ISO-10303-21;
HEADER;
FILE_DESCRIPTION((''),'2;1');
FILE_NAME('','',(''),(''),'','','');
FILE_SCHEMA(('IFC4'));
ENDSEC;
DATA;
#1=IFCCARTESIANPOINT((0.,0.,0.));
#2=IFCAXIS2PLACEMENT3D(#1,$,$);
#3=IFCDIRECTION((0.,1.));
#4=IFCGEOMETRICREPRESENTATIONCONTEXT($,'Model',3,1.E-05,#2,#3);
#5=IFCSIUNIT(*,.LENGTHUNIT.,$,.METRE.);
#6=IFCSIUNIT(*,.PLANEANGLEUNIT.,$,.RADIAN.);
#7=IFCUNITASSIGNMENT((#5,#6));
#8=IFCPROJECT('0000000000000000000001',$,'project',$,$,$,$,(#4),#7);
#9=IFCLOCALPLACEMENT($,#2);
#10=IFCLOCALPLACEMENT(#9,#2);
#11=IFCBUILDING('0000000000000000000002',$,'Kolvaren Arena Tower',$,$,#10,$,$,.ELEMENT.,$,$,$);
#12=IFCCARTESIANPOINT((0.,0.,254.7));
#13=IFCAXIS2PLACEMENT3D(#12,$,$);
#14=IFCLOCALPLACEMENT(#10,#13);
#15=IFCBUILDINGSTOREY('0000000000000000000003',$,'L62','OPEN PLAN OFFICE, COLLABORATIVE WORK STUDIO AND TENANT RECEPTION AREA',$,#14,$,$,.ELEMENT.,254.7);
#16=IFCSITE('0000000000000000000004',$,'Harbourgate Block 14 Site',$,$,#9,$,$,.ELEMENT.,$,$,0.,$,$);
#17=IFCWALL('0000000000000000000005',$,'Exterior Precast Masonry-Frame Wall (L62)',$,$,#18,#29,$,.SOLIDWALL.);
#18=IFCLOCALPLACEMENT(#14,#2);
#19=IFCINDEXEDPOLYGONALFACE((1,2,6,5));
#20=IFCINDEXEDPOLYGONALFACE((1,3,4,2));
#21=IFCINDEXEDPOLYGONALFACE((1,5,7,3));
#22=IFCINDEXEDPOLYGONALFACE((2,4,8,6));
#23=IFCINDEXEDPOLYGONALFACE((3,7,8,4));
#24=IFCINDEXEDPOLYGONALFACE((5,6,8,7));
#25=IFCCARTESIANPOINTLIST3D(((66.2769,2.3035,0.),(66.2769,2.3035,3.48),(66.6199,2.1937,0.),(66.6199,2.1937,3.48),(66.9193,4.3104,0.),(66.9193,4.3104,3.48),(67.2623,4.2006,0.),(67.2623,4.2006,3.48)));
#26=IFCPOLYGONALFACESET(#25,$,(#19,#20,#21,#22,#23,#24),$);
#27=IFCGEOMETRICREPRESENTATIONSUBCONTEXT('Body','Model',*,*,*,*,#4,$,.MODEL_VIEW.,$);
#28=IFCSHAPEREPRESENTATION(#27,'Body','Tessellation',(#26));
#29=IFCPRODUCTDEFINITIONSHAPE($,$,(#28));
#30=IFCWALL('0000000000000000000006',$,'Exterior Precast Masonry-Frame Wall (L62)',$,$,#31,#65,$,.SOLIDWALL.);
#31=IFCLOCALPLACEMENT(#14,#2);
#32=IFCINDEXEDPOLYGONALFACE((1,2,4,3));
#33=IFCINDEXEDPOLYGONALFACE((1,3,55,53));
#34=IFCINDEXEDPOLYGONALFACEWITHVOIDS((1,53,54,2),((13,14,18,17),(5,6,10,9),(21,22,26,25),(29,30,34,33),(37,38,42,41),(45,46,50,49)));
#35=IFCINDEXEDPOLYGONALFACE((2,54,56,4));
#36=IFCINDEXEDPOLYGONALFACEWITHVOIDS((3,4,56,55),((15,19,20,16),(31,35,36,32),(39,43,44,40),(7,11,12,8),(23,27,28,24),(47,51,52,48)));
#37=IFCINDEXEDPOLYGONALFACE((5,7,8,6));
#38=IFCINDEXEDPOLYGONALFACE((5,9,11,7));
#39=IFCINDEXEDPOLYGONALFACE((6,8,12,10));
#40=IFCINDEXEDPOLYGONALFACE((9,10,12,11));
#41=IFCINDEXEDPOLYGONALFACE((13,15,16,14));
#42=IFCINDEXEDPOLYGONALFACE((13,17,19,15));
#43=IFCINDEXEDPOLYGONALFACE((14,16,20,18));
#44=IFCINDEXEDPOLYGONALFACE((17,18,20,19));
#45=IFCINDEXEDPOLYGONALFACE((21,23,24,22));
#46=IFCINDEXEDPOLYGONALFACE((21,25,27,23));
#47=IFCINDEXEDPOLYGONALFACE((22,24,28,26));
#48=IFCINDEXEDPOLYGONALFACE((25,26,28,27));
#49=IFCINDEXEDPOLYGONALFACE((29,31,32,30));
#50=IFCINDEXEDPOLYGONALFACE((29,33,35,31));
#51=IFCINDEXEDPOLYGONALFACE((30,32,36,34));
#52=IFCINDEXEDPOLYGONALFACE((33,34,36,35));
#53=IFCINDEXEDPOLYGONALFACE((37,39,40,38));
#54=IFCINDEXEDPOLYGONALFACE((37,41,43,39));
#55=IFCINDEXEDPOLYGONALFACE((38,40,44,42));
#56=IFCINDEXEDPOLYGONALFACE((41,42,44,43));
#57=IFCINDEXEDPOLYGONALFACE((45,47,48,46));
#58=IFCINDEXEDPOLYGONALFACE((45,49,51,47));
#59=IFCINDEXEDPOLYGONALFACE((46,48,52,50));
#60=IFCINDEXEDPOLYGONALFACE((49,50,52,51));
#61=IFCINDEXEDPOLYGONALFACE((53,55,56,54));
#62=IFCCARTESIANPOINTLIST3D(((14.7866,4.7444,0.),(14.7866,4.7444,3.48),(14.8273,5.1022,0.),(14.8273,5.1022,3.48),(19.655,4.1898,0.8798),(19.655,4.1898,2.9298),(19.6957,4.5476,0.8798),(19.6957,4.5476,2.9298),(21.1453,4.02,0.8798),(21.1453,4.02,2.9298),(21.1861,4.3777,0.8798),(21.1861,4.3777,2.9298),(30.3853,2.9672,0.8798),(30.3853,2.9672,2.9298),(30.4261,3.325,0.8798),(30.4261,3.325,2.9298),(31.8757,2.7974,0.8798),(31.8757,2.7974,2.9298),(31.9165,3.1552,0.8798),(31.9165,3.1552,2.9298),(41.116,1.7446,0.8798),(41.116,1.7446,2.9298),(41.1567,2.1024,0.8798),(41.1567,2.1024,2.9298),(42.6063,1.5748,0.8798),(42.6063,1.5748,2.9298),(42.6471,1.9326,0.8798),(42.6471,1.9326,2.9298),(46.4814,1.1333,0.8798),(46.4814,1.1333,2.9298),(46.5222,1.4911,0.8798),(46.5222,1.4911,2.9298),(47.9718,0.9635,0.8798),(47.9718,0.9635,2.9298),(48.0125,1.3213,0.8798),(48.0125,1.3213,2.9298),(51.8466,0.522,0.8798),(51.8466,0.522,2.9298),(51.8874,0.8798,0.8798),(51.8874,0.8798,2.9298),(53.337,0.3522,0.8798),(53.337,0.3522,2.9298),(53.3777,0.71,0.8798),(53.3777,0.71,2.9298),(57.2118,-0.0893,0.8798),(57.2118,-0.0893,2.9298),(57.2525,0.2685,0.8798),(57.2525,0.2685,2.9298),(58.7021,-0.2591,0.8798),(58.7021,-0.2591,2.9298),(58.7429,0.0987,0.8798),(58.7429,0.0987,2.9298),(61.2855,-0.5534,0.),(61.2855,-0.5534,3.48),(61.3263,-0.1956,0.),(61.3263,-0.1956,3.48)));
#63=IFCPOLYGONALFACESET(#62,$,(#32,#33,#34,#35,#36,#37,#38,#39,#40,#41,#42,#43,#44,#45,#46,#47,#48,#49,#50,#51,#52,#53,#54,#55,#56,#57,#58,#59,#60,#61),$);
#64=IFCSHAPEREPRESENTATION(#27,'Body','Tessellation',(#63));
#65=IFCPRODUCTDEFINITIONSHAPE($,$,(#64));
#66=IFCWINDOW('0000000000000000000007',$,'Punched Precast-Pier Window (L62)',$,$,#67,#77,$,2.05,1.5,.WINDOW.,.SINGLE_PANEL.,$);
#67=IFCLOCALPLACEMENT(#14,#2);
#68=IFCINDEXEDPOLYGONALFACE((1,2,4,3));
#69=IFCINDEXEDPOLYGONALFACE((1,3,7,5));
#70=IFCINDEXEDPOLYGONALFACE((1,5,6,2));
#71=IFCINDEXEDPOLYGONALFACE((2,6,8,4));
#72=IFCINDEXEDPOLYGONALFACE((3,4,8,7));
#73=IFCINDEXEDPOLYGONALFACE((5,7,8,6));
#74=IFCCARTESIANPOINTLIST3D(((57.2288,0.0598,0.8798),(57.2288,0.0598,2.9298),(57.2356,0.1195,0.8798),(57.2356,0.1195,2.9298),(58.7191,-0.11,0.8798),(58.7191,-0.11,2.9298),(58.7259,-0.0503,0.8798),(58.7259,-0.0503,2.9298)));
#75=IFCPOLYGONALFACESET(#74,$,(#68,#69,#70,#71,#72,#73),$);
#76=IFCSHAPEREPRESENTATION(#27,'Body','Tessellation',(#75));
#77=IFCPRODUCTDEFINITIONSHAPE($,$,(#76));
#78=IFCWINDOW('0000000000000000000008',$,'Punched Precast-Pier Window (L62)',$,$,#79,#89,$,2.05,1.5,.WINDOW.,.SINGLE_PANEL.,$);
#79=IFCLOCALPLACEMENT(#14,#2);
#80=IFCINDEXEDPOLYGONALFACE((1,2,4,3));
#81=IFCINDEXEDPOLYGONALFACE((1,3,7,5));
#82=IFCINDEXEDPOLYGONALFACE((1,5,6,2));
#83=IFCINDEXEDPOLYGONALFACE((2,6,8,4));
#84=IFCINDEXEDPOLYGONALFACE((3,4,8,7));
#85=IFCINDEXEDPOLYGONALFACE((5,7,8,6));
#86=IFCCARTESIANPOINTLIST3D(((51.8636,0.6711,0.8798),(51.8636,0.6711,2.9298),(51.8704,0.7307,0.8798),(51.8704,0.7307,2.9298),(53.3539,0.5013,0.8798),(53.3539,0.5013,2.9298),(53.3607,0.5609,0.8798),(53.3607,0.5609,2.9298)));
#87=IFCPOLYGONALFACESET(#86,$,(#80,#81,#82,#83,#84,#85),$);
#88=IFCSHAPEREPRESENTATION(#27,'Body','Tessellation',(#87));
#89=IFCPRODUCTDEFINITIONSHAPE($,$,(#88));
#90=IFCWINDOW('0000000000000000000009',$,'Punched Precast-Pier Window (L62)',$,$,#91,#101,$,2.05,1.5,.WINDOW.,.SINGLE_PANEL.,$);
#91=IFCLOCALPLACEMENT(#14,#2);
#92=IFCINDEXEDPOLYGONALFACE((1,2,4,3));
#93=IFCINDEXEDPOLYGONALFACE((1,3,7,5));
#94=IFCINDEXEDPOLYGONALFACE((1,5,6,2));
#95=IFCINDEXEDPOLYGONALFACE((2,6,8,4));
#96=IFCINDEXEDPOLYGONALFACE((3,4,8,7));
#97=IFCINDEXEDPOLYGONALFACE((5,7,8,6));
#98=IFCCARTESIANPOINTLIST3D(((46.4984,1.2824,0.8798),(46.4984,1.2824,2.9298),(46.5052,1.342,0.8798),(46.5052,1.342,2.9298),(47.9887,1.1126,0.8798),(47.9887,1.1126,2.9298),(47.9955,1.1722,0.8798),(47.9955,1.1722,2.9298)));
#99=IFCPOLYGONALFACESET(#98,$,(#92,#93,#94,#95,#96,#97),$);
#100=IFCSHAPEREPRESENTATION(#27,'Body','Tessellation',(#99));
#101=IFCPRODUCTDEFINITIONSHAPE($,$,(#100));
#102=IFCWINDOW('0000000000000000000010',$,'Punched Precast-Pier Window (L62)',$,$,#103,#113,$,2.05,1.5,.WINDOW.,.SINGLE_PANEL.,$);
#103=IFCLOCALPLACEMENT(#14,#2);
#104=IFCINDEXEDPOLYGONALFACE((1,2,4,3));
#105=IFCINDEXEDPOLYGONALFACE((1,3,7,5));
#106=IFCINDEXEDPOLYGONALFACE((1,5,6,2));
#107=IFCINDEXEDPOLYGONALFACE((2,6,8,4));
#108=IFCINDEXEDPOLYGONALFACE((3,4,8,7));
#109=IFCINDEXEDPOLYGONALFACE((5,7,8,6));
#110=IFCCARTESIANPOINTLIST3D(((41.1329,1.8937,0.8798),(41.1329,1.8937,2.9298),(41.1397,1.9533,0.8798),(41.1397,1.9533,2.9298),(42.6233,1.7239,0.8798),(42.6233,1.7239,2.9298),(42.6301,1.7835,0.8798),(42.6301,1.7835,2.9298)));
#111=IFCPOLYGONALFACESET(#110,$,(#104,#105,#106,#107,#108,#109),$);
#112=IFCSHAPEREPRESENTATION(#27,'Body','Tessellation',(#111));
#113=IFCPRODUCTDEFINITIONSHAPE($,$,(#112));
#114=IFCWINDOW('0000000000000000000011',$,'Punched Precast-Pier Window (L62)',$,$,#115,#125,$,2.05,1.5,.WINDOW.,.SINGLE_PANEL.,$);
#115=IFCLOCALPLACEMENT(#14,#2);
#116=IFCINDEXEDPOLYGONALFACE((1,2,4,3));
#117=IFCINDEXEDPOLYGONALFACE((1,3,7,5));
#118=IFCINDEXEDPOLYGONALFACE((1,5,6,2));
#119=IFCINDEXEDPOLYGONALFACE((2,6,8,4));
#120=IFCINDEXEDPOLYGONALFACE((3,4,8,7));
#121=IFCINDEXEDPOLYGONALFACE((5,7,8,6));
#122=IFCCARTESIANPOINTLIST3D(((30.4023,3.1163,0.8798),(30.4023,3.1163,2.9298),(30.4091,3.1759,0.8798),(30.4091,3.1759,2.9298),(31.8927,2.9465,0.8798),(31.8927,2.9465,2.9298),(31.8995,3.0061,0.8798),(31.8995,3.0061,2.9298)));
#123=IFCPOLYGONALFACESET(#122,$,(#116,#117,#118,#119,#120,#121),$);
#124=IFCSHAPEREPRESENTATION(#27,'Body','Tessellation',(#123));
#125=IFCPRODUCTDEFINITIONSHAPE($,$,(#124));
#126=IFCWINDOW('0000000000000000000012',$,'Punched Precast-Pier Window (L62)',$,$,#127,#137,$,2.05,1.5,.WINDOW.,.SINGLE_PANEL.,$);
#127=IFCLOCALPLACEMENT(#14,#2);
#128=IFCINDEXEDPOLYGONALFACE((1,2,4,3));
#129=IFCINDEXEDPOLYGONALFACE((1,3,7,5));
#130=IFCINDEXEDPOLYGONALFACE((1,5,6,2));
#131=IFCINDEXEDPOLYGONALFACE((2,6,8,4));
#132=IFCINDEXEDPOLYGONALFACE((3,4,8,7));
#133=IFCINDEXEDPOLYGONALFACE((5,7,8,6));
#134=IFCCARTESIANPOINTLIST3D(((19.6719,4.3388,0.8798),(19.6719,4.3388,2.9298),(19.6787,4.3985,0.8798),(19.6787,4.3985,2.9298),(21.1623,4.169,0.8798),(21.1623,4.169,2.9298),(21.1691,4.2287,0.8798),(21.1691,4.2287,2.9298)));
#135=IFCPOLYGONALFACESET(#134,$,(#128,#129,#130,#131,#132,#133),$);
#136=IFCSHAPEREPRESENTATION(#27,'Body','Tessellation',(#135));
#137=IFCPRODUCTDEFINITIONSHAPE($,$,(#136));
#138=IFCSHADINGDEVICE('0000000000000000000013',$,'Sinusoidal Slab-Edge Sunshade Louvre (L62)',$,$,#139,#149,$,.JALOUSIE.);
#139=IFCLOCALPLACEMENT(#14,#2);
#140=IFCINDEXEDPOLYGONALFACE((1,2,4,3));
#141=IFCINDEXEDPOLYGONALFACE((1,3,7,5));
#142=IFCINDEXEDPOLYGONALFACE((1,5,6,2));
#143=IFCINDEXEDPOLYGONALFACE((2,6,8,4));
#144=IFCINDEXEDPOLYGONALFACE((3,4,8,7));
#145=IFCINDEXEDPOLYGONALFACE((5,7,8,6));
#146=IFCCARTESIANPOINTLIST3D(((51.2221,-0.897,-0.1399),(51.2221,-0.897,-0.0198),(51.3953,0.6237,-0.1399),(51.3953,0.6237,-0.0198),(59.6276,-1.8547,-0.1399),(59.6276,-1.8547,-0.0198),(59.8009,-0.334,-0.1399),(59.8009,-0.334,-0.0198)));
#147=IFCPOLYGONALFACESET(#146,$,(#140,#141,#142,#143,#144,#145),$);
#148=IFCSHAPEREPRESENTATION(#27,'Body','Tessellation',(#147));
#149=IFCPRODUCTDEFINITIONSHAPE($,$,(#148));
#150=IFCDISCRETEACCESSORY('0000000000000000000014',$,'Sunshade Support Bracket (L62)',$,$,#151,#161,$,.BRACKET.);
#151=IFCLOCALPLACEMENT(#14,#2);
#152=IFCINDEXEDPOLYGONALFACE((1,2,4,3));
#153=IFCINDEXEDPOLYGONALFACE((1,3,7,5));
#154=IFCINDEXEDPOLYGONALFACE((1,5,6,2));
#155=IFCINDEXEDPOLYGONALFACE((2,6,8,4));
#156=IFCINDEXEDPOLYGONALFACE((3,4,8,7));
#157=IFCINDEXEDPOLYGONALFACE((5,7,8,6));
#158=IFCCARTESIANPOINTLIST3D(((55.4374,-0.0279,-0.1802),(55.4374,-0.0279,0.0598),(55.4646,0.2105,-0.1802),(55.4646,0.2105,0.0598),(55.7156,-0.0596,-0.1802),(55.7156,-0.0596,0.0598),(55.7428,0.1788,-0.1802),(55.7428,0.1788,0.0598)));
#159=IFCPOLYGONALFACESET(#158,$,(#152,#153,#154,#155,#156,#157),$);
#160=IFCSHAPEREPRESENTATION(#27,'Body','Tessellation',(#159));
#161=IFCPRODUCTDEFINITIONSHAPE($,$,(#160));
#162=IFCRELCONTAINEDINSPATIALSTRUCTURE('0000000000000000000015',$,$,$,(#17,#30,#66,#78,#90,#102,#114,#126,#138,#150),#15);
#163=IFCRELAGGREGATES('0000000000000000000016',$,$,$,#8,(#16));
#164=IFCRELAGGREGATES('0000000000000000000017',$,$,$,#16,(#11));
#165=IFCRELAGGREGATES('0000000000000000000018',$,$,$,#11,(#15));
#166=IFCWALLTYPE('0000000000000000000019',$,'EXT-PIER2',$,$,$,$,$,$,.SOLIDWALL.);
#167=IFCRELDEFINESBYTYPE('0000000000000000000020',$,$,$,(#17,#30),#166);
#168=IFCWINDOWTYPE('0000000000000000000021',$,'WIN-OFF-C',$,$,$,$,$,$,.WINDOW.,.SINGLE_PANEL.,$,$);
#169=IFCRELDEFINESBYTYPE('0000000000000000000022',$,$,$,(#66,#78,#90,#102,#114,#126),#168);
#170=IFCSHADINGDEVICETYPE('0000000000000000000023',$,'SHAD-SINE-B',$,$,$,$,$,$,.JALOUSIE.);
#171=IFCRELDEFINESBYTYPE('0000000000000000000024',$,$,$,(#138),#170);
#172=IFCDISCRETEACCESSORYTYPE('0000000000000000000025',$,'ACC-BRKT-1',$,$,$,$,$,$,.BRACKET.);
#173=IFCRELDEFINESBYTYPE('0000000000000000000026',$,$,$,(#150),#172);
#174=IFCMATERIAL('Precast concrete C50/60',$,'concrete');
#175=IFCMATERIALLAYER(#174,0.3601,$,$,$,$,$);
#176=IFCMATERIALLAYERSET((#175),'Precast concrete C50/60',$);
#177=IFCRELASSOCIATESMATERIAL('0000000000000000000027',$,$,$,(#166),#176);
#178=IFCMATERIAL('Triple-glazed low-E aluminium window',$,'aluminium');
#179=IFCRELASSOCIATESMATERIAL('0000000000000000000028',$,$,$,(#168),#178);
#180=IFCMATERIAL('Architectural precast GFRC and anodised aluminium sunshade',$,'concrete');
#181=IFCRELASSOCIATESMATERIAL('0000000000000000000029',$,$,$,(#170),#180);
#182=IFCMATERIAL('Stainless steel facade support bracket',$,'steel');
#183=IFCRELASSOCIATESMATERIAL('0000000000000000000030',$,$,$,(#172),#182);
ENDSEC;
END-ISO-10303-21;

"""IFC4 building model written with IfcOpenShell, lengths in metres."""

from ifc_helpers import new_model, si_unit, direction, frame, frame_2d, origin, origin_2d, place, context, subcontext, project, spatial, rectangle, extrude, material, layer, layer_set, type_object, element, fill, save


model = new_model("IFC4")

# Units and contexts
model_context = context("Model", 3, precision=1e-05, world=origin(), true_north=direction((0.0, 1.0)))
body_context = subcontext(model_context, "Body", "Model", "MODEL_VIEW")
ifc_project = project(units=[si_unit("LENGTHUNIT", "METRE"), si_unit("PLANEANGLEUNIT", "RADIAN")], contexts=[model_context])

# Site, building, storey
site_placement = place(None, origin())
site = spatial("IfcSite", under=ifc_project, at=site_placement, Name="Harbourgate Block 14 Site", CompositionType="ELEMENT", RefElevation=0.0)
building_placement = place(site_placement, origin())
building = spatial("IfcBuilding", under=site, at=building_placement, Name="Kolvaren Arena Tower", CompositionType="ELEMENT")
storey_placement = place(building_placement, frame((0.0, 0.0, 254.7)))
storey = spatial("IfcBuildingStorey", under=building, at=storey_placement, Name="L62", Description="OPEN PLAN OFFICE, COLLABORATIVE WORK STUDIO AND TENANT RECEPTION AREA", CompositionType="ELEMENT", Elevation=254.7)

# Wall
ifc_material_1 = material(Name="Precast concrete C50/60", Category="concrete")
ifc_layer_1 = layer(ifc_material_1, 0.3601)
ifc_layer_set_1 = layer_set([ifc_layer_1], Name="Precast concrete C50/60")
wall_type_1 = type_object("IfcWallType", Name="EXT-PIER2", PredefinedType="SOLIDWALL", material=ifc_layer_set_1)
wall_1_placement = place(storey_placement, frame((67.0908, 4.2556, 0.0), z_axis=(0.0, 0.0, 1.0), x_axis=(-0.304839, -0.952404, 0.0)))
element("IfcWall", 1, at=wall_1_placement, inside=storey, type_object=wall_type_1, Name="Exterior Precast Masonry-Frame Wall (L62)", PredefinedType="SOLIDWALL", context=body_context, shape_type="SweptSolid", body=[
    extrude(rectangle(XDim=2.1072, YDim=0.3601, at=frame_2d((1.0537, 0.0))), origin(), (0.0, 0.0, 1.0), 3.48),
])

# Wall, openings, windows
wall_2_placement = place(storey_placement, frame((61.3059, -0.3745, 0.0), z_axis=(0.0, 0.0, 1.0), x_axis=(-0.993572, 0.113202, 0.0)))
wall_2 = element("IfcWall", 2, at=wall_2_placement, inside=storey, type_object=wall_type_1, Name="Exterior Precast Masonry-Frame Wall (L62)", PredefinedType="SOLIDWALL", context=body_context, shape_type="SweptSolid", body=[
    extrude(rectangle(XDim=46.7998, YDim=0.3601, at=frame_2d((23.3999, 0.0))), origin(), (0.0, 0.0, 1.0), 3.48),
])
opening_1_placement = place(wall_2_placement, frame((2.6001, 0.0, 0.8799)))
opening_1 = element("IfcOpeningElement", 3, at=opening_1_placement, cuts=wall_2, PredefinedType="OPENING", context=body_context, shape_type="SweptSolid", body=[
    extrude(rectangle(XDim=1.5, YDim=2.05, at=frame_2d((0.75, 1.0249))), frame((0.0, 0.1899, 0.0), z_axis=(0.0, -1.0, 0.0), x_axis=(1.0, 0.0, 0.0)), (0.0, 0.0, 1.0), 0.3801),
])
opening_2_placement = place(wall_2_placement, frame((8.0, 0.0, 0.8799)))
opening_2 = element("IfcOpeningElement", 4, at=opening_2_placement, cuts=wall_2, PredefinedType="OPENING", context=body_context, shape_type="SweptSolid", body=[
    extrude(rectangle(XDim=1.5, YDim=2.05, at=frame_2d((0.75, 1.0249))), frame((0.0, 0.1899, 0.0), z_axis=(0.0, -1.0, 0.0), x_axis=(1.0, 0.0, 0.0)), (0.0, 0.0, 1.0), 0.3801),
])
opening_3_placement = place(wall_2_placement, frame((13.3999, 0.0, 0.8799)))
opening_3 = element("IfcOpeningElement", 5, at=opening_3_placement, cuts=wall_2, PredefinedType="OPENING", context=body_context, shape_type="SweptSolid", body=[
    extrude(rectangle(XDim=1.5, YDim=2.05, at=frame_2d((0.75, 1.0249))), frame((0.0, 0.1899, 0.0), z_axis=(0.0, -1.0, 0.0), x_axis=(1.0, 0.0, 0.0)), (0.0, 0.0, 1.0), 0.3801),
])
opening_4_placement = place(wall_2_placement, frame((18.8, 0.0, 0.8799)))
opening_4 = element("IfcOpeningElement", 6, at=opening_4_placement, cuts=wall_2, PredefinedType="OPENING", context=body_context, shape_type="SweptSolid", body=[
    extrude(rectangle(XDim=1.5, YDim=2.05, at=frame_2d((0.75, 1.0249))), frame((0.0, 0.1899, 0.0), z_axis=(0.0, -1.0, 0.0), x_axis=(1.0, 0.0, 0.0)), (0.0, 0.0, 1.0), 0.3801),
])
opening_5_placement = place(wall_2_placement, frame((29.6001, 0.0, 0.8799)))
opening_5 = element("IfcOpeningElement", 7, at=opening_5_placement, cuts=wall_2, PredefinedType="OPENING", context=body_context, shape_type="SweptSolid", body=[
    extrude(rectangle(XDim=1.5, YDim=2.05, at=frame_2d((0.75, 1.0249))), frame((0.0, 0.1899, 0.0), z_axis=(0.0, -1.0, 0.0), x_axis=(1.0, 0.0, 0.0)), (0.0, 0.0, 1.0), 0.3801),
])
opening_6_placement = place(wall_2_placement, frame((40.3999, 0.0, 0.8799)))
opening_6 = element("IfcOpeningElement", 8, at=opening_6_placement, cuts=wall_2, PredefinedType="OPENING", context=body_context, shape_type="SweptSolid", body=[
    extrude(rectangle(XDim=1.5, YDim=2.05, at=frame_2d((0.75, 1.0249))), frame((0.0, 0.1899, 0.0), z_axis=(0.0, -1.0, 0.0), x_axis=(1.0, 0.0, 0.0)), (0.0, 0.0, 1.0), 0.3801),
])
ifc_material_2 = material(Name="Triple-glazed low-E aluminium window", Category="aluminium")
window_type = type_object("IfcWindowType", Name="WIN-OFF-C", PartitioningType="SINGLE_PANEL", PredefinedType="WINDOW", material=ifc_material_2)
window_1_placement = place(opening_1_placement, origin())
window_1 = element("IfcWindow", 9, at=window_1_placement, inside=storey, type_object=window_type, Name="Punched Precast-Pier Window (L62)", OverallHeight=2.05, OverallWidth=1.5, PartitioningType="SINGLE_PANEL", PredefinedType="WINDOW", context=body_context, shape_type="SweptSolid", body=[
    extrude(rectangle(XDim=1.5, YDim=2.05, at=frame_2d((0.75, 1.0249))), frame((0.0, 0.03, 0.0), z_axis=(0.0, -1.0, 0.0), x_axis=(1.0, 0.0, 0.0)), (0.0, 0.0, 1.0), 0.0601),
])
fill(opening_1, window_1)
window_2_placement = place(opening_2_placement, origin())
window_2 = element("IfcWindow", 10, at=window_2_placement, inside=storey, type_object=window_type, Name="Punched Precast-Pier Window (L62)", OverallHeight=2.05, OverallWidth=1.5, PartitioningType="SINGLE_PANEL", PredefinedType="WINDOW", context=body_context, shape_type="SweptSolid", body=[
    extrude(rectangle(XDim=1.5, YDim=2.05, at=frame_2d((0.75, 1.0249))), frame((0.0, 0.03, 0.0), z_axis=(0.0, -1.0, 0.0), x_axis=(1.0, 0.0, 0.0)), (0.0, 0.0, 1.0), 0.0601),
])
fill(opening_2, window_2)
window_3_placement = place(opening_3_placement, origin())
window_3 = element("IfcWindow", 11, at=window_3_placement, inside=storey, type_object=window_type, Name="Punched Precast-Pier Window (L62)", OverallHeight=2.05, OverallWidth=1.5, PartitioningType="SINGLE_PANEL", PredefinedType="WINDOW", context=body_context, shape_type="SweptSolid", body=[
    extrude(rectangle(XDim=1.5, YDim=2.05, at=frame_2d((0.75, 1.0249))), frame((0.0, 0.03, 0.0), z_axis=(0.0, -1.0, 0.0), x_axis=(1.0, 0.0, 0.0)), (0.0, 0.0, 1.0), 0.0601),
])
fill(opening_3, window_3)
window_4_placement = place(opening_4_placement, origin())
window_4 = element("IfcWindow", 12, at=window_4_placement, inside=storey, type_object=window_type, Name="Punched Precast-Pier Window (L62)", OverallHeight=2.05, OverallWidth=1.5, PartitioningType="SINGLE_PANEL", PredefinedType="WINDOW", context=body_context, shape_type="SweptSolid", body=[
    extrude(rectangle(XDim=1.5, YDim=2.05, at=frame_2d((0.75, 1.0249))), frame((0.0, 0.03, 0.0), z_axis=(0.0, -1.0, 0.0), x_axis=(1.0, 0.0, 0.0)), (0.0, 0.0, 1.0), 0.0601),
])
fill(opening_4, window_4)
window_5_placement = place(opening_5_placement, origin())
window_5 = element("IfcWindow", 13, at=window_5_placement, inside=storey, type_object=window_type, Name="Punched Precast-Pier Window (L62)", OverallHeight=2.05, OverallWidth=1.5, PartitioningType="SINGLE_PANEL", PredefinedType="WINDOW", context=body_context, shape_type="SweptSolid", body=[
    extrude(rectangle(XDim=1.5, YDim=2.05, at=frame_2d((0.75, 1.0249))), frame((0.0, 0.03, 0.0), z_axis=(0.0, -1.0, 0.0), x_axis=(1.0, 0.0, 0.0)), (0.0, 0.0, 1.0), 0.0601),
])
fill(opening_5, window_5)
window_6_placement = place(opening_6_placement, origin())
window_6 = element("IfcWindow", 14, at=window_6_placement, inside=storey, type_object=window_type, Name="Punched Precast-Pier Window (L62)", OverallHeight=2.05, OverallWidth=1.5, PartitioningType="SINGLE_PANEL", PredefinedType="WINDOW", context=body_context, shape_type="SweptSolid", body=[
    extrude(rectangle(XDim=1.5, YDim=2.05, at=frame_2d((0.75, 1.0249))), frame((0.0, 0.03, 0.0), z_axis=(0.0, -1.0, 0.0), x_axis=(1.0, 0.0, 0.0)), (0.0, 0.0, 1.0), 0.0601),
])
fill(opening_6, window_6)

# Shading device
ifc_material_3 = material(Name="Architectural precast GFRC and anodised aluminium sunshade", Category="concrete")
shading_device_type = type_object("IfcShadingDeviceType", Name="SHAD-SINE-B", PredefinedType="JALOUSIE", material=ifc_material_3)
shading_device_placement = place(storey_placement, frame((55.5115, -0.6155, -0.1399), z_axis=(0.0, 0.0, 1.0), x_axis=(-0.993572, 0.113205, 0.0)))
element("IfcShadingDevice", 15, at=shading_device_placement, inside=storey, type_object=shading_device_type, Name="Sinusoidal Slab-Edge Sunshade Louvre (L62)", PredefinedType="JALOUSIE", context=body_context, shape_type="SweptSolid", body=[
    extrude(rectangle(XDim=8.46, YDim=1.5305, at=origin_2d()), origin(), (0.0, 0.0, 1.0), 0.1201),
])

# Discrete accessory
ifc_material_4 = material(Name="Stainless steel facade support bracket", Category="steel")
discrete_accessory_type = type_object("IfcDiscreteAccessoryType", Name="ACC-BRKT-1", PredefinedType="BRACKET", material=ifc_material_4)
discrete_accessory_placement = place(storey_placement, frame((55.5901, 0.0754, -0.1802), z_axis=(0.0, 0.0, 1.0), x_axis=(-0.993572, 0.113205, 0.0)))
element("IfcDiscreteAccessory", 16, at=discrete_accessory_placement, inside=storey, type_object=discrete_accessory_type, Name="Sunshade Support Bracket (L62)", PredefinedType="BRACKET", context=body_context, shape_type="SweptSolid", body=[
    extrude(rectangle(XDim=0.28, YDim=0.24, at=origin_2d()), origin(), (0.0, 0.0, 1.0), 0.24),
])

save(model, "model.ifc")
